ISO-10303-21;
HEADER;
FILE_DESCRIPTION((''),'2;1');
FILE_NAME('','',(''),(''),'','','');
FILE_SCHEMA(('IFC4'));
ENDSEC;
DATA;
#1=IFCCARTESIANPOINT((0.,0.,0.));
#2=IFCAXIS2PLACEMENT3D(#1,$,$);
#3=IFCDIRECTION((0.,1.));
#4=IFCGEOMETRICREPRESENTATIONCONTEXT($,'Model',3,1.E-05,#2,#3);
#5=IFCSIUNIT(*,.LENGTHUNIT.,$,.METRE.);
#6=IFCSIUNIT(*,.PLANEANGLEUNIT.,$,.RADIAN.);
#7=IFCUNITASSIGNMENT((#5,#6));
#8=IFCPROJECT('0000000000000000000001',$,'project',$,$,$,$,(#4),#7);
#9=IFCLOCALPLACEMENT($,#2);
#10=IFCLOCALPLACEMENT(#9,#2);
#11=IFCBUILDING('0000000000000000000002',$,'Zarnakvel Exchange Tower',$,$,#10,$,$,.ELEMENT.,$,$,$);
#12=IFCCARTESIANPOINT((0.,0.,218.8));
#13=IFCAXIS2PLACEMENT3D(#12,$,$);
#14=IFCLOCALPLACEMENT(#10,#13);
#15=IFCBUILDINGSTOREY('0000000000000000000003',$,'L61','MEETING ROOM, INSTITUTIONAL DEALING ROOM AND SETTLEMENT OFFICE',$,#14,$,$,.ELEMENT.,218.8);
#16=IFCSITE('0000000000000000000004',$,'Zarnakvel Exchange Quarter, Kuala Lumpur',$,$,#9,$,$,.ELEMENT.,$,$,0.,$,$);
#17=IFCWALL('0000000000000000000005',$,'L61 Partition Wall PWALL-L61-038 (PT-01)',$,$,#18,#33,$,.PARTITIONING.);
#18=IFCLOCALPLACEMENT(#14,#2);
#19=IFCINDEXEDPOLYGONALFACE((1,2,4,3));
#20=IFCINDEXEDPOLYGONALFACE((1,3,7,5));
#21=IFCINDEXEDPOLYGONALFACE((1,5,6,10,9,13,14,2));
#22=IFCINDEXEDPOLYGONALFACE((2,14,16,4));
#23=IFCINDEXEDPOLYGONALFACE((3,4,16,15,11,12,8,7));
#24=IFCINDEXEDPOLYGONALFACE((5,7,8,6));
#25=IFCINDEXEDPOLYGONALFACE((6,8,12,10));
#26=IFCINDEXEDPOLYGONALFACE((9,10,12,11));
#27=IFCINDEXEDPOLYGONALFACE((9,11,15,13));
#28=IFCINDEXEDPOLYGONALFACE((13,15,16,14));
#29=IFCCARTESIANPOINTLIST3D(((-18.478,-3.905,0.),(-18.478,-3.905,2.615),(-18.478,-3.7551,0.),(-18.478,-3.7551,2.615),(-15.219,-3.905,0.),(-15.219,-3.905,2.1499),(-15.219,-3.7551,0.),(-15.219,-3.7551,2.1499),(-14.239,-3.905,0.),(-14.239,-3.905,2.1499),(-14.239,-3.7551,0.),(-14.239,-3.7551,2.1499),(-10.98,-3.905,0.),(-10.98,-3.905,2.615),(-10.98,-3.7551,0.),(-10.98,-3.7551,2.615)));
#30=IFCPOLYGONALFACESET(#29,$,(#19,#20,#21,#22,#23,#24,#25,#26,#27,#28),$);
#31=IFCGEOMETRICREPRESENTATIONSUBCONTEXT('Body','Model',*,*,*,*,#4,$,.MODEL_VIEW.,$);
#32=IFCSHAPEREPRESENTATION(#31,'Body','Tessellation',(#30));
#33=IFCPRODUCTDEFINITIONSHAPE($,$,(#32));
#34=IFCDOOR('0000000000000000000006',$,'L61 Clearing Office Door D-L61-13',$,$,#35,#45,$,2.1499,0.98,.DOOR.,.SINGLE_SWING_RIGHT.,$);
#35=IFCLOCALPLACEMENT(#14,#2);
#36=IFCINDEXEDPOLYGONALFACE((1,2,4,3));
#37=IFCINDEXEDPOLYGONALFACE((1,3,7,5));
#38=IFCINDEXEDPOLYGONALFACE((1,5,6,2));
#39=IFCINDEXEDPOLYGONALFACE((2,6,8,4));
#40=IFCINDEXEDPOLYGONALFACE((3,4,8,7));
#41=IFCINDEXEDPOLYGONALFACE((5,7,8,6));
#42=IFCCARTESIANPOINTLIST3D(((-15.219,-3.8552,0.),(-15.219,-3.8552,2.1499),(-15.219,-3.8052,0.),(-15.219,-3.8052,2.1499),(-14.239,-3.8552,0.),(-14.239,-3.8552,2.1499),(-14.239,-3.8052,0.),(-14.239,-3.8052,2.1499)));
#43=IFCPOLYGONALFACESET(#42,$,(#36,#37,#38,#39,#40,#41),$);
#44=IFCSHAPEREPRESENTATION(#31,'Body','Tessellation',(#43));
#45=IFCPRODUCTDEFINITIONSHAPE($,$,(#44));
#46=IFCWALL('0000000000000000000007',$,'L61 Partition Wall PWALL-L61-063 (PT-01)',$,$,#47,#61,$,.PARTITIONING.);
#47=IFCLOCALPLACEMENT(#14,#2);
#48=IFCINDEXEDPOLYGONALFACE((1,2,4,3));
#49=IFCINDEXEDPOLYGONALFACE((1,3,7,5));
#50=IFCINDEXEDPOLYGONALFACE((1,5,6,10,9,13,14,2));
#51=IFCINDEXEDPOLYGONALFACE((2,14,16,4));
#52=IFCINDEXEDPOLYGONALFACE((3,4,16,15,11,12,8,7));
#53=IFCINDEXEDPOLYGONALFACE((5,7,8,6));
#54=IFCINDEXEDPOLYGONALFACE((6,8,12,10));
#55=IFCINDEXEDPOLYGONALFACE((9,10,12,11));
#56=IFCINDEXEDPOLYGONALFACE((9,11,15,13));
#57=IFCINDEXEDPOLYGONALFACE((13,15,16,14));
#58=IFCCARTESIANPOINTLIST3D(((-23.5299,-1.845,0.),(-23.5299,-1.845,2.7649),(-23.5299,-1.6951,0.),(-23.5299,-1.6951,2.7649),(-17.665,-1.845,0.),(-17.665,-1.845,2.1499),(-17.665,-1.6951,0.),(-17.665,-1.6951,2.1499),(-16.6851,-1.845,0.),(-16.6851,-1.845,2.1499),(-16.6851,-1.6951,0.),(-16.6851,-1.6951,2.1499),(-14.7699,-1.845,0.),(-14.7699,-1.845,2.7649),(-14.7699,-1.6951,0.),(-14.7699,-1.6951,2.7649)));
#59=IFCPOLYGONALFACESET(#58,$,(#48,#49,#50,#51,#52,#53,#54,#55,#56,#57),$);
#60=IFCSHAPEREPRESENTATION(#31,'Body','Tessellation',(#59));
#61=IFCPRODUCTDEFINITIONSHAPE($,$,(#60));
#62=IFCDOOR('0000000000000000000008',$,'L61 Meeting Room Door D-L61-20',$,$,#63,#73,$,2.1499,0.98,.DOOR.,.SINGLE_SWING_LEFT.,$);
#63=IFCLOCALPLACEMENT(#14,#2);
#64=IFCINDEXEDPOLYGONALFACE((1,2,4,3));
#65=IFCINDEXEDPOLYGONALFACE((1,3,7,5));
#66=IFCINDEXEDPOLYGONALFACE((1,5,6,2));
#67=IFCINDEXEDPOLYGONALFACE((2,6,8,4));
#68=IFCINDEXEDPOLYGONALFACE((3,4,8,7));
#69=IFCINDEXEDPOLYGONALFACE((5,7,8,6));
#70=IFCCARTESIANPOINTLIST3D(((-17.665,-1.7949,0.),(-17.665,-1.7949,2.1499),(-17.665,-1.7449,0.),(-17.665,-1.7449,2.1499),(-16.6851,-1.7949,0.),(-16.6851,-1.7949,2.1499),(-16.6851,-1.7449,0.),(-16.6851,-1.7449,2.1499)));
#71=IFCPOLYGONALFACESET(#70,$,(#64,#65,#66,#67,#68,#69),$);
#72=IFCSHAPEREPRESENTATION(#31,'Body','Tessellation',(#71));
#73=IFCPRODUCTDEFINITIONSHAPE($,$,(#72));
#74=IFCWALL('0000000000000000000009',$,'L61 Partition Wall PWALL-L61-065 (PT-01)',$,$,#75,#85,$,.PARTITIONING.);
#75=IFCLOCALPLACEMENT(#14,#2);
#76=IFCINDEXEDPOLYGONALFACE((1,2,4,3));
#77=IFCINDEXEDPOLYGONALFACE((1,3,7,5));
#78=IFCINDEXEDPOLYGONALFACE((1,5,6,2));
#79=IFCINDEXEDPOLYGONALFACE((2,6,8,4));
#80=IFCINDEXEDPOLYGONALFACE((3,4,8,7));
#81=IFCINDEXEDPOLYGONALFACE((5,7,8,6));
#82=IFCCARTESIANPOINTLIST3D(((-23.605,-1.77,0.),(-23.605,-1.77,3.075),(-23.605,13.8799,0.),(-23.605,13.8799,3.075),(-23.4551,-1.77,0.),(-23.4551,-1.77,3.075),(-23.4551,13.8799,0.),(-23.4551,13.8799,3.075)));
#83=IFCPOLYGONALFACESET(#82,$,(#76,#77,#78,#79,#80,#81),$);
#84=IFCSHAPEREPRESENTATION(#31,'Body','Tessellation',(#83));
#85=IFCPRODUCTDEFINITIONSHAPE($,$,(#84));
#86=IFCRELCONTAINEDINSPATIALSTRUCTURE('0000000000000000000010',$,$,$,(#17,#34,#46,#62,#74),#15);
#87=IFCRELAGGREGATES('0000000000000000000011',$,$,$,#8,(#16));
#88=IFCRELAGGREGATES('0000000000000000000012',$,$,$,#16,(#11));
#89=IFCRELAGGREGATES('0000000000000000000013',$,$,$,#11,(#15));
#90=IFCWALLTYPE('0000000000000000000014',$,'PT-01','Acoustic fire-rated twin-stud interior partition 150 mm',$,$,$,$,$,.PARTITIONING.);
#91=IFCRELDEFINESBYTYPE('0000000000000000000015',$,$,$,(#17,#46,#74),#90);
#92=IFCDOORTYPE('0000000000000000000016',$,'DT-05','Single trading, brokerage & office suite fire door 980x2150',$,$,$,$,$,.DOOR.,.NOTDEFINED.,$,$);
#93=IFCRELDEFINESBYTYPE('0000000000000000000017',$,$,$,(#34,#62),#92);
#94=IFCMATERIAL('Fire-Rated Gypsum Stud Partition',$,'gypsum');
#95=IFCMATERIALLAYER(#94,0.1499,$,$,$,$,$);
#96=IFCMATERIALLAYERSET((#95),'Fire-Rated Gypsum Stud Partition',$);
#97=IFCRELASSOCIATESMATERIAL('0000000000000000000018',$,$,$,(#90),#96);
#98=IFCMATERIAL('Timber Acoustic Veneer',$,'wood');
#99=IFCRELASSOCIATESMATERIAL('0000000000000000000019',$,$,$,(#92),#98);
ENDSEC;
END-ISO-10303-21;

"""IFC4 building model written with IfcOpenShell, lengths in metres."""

from ifc_helpers import new_model, si_unit, direction, frame, frame_2d, origin, place, context, subcontext, project, spatial, rectangle, extrude, source, transform, mapped, material, layer, layer_set, type_object, element, fill, save


model = new_model("IFC4")

# Units and contexts
model_context = context("Model", 3, precision=1e-05, world=origin(), true_north=direction((0.0, 1.0)))
body_context = subcontext(model_context, "Body", "Model", "MODEL_VIEW")
ifc_project = project(units=[si_unit("LENGTHUNIT", "METRE"), si_unit("PLANEANGLEUNIT", "RADIAN")], contexts=[model_context])

# Site, building, storey
site_placement = place(None, origin())
site = spatial("IfcSite", under=ifc_project, at=site_placement, Name="Zarnakvel Exchange Quarter, Kuala Lumpur", CompositionType="ELEMENT", RefElevation=0.0)
building_placement = place(site_placement, origin())
building = spatial("IfcBuilding", under=site, at=building_placement, Name="Zarnakvel Exchange Tower", CompositionType="ELEMENT")
storey_placement = place(building_placement, frame((0.0, 0.0, 218.8)))
storey = spatial("IfcBuildingStorey", under=building, at=storey_placement, Name="L61", Description="MEETING ROOM, INSTITUTIONAL DEALING ROOM AND SETTLEMENT OFFICE", CompositionType="ELEMENT", Elevation=218.8)

# Shared definitions
ifc_material_1 = material(Name="Fire-Rated Gypsum Stud Partition", Category="gypsum")
ifc_layer_1 = layer(ifc_material_1, 0.1499)
ifc_layer_set_1 = layer_set([ifc_layer_1], Name="Fire-Rated Gypsum Stud Partition")
wall_type_1 = type_object("IfcWallType", Name="PT-01", Description="Acoustic fire-rated twin-stud interior partition 150 mm", PredefinedType="PARTITIONING", material=ifc_layer_set_1)

# Walls, openings, doors
ifc_material_2 = material(Name="Timber Acoustic Veneer", Category="wood")
door_type = type_object("IfcDoorType", Name="DT-05", Description="Single trading, brokerage & office suite fire door 980x2150", OperationType="NOTDEFINED", PredefinedType="DOOR", material=ifc_material_2)
shared_shape_1 = source(origin(), body_context, "Body", "SweptSolid", [
    extrude(rectangle(XDim=0.98, YDim=2.1499, at=frame_2d((0.49, 1.075))), frame((0.0, 0.0249, 0.0), z_axis=(0.0, -1.0, 0.0), x_axis=(1.0, 0.0, 0.0)), (0.0, 0.0, 1.0), 0.05),
])
wall_1_placement = place(storey_placement, frame((-18.478, -3.8301, 0.0), z_axis=(0.0, 0.0, 1.0), x_axis=(1.0, 0.0, 0.0)))
wall_1 = element("IfcWall", 1, at=wall_1_placement, inside=storey, type_object=wall_type_1, Name="L61 Partition Wall PWALL-L61-038 (PT-01)", PredefinedType="PARTITIONING", context=body_context, shape_type="SweptSolid", body=[
    extrude(rectangle(XDim=7.498, YDim=0.1499, at=frame_2d((3.749, 0.0))), origin(), (0.0, 0.0, 1.0), 2.615),
])
opening_1_placement = place(wall_1_placement, frame((3.259, 0.0, 0.0)))
opening_1 = element("IfcOpeningElement", 2, at=opening_1_placement, cuts=wall_1, PredefinedType="OPENING", context=body_context, shape_type="SweptSolid", body=[
    extrude(rectangle(XDim=0.98, YDim=2.1499, at=frame_2d((0.49, 1.075))), frame((0.0, 0.085, 0.0), z_axis=(0.0, -1.0, 0.0), x_axis=(1.0, 0.0, 0.0)), (0.0, 0.0, 1.0), 0.1699),
])
door_1_placement = place(opening_1_placement, origin())
door_1 = element("IfcDoor", 3, at=door_1_placement, inside=storey, type_object=door_type, Name="L61 Clearing Office Door D-L61-13", OperationType="SINGLE_SWING_RIGHT", OverallHeight=2.1499, OverallWidth=0.98, PredefinedType="DOOR", context=body_context, shape_type="MappedRepresentation", body=[
    mapped(shared_shape_1, transform((0.0, 0.0, 0.0), x_axis=(1.0, 0.0, 0.0), y_axis=(0.0, 1.0, 0.0), z_axis=(0.0, 0.0, 1.0), scale=1.0)),
])
fill(opening_1, door_1)
wall_2_placement = place(storey_placement, frame((-14.77, -1.77, 0.0), z_axis=(0.0, 0.0, 1.0), x_axis=(-1.0, 0.0, 0.0)))
wall_2 = element("IfcWall", 4, at=wall_2_placement, inside=storey, type_object=wall_type_1, Name="L61 Partition Wall PWALL-L61-063 (PT-01)", PredefinedType="PARTITIONING", context=body_context, shape_type="SweptSolid", body=[
    extrude(rectangle(XDim=8.76, YDim=0.1499, at=frame_2d((4.3799, 0.0))), origin(), (0.0, 0.0, 1.0), 2.7649),
])
opening_2_placement = place(wall_2_placement, frame((1.915, 0.0, 0.0)))
opening_2 = element("IfcOpeningElement", 5, at=opening_2_placement, cuts=wall_2, PredefinedType="OPENING", context=body_context, shape_type="SweptSolid", body=[
    extrude(rectangle(XDim=0.98, YDim=2.1499, at=frame_2d((0.49, 1.075))), frame((0.0, 0.085, 0.0), z_axis=(0.0, -1.0, 0.0), x_axis=(1.0, 0.0, 0.0)), (0.0, 0.0, 1.0), 0.1699),
])
door_2_placement = place(opening_2_placement, origin())
door_2 = element("IfcDoor", 6, at=door_2_placement, inside=storey, type_object=door_type, Name="L61 Meeting Room Door D-L61-20", OperationType="SINGLE_SWING_LEFT", OverallHeight=2.1499, OverallWidth=0.98, PredefinedType="DOOR", context=body_context, shape_type="MappedRepresentation", body=[
    mapped(shared_shape_1, transform((0.0, 0.0, 0.0), x_axis=(1.0, 0.0, 0.0), y_axis=(0.0, 1.0, 0.0), z_axis=(0.0, 0.0, 1.0), scale=1.0)),
])
fill(opening_2, door_2)

# Wall
wall_3_placement = place(storey_placement, frame((-23.53, -1.77, 0.0), z_axis=(0.0, 0.0, 1.0), x_axis=(0.0, 1.0, 0.0)))
element("IfcWall", 7, at=wall_3_placement, inside=storey, type_object=wall_type_1, Name="L61 Partition Wall PWALL-L61-065 (PT-01)", PredefinedType="PARTITIONING", context=body_context, shape_type="SweptSolid", body=[
    extrude(rectangle(XDim=15.6499, YDim=0.1499, at=frame_2d((7.825, 0.0))), origin(), (0.0, 0.0, 1.0), 3.075),
])

save(model, "model.ifc")
